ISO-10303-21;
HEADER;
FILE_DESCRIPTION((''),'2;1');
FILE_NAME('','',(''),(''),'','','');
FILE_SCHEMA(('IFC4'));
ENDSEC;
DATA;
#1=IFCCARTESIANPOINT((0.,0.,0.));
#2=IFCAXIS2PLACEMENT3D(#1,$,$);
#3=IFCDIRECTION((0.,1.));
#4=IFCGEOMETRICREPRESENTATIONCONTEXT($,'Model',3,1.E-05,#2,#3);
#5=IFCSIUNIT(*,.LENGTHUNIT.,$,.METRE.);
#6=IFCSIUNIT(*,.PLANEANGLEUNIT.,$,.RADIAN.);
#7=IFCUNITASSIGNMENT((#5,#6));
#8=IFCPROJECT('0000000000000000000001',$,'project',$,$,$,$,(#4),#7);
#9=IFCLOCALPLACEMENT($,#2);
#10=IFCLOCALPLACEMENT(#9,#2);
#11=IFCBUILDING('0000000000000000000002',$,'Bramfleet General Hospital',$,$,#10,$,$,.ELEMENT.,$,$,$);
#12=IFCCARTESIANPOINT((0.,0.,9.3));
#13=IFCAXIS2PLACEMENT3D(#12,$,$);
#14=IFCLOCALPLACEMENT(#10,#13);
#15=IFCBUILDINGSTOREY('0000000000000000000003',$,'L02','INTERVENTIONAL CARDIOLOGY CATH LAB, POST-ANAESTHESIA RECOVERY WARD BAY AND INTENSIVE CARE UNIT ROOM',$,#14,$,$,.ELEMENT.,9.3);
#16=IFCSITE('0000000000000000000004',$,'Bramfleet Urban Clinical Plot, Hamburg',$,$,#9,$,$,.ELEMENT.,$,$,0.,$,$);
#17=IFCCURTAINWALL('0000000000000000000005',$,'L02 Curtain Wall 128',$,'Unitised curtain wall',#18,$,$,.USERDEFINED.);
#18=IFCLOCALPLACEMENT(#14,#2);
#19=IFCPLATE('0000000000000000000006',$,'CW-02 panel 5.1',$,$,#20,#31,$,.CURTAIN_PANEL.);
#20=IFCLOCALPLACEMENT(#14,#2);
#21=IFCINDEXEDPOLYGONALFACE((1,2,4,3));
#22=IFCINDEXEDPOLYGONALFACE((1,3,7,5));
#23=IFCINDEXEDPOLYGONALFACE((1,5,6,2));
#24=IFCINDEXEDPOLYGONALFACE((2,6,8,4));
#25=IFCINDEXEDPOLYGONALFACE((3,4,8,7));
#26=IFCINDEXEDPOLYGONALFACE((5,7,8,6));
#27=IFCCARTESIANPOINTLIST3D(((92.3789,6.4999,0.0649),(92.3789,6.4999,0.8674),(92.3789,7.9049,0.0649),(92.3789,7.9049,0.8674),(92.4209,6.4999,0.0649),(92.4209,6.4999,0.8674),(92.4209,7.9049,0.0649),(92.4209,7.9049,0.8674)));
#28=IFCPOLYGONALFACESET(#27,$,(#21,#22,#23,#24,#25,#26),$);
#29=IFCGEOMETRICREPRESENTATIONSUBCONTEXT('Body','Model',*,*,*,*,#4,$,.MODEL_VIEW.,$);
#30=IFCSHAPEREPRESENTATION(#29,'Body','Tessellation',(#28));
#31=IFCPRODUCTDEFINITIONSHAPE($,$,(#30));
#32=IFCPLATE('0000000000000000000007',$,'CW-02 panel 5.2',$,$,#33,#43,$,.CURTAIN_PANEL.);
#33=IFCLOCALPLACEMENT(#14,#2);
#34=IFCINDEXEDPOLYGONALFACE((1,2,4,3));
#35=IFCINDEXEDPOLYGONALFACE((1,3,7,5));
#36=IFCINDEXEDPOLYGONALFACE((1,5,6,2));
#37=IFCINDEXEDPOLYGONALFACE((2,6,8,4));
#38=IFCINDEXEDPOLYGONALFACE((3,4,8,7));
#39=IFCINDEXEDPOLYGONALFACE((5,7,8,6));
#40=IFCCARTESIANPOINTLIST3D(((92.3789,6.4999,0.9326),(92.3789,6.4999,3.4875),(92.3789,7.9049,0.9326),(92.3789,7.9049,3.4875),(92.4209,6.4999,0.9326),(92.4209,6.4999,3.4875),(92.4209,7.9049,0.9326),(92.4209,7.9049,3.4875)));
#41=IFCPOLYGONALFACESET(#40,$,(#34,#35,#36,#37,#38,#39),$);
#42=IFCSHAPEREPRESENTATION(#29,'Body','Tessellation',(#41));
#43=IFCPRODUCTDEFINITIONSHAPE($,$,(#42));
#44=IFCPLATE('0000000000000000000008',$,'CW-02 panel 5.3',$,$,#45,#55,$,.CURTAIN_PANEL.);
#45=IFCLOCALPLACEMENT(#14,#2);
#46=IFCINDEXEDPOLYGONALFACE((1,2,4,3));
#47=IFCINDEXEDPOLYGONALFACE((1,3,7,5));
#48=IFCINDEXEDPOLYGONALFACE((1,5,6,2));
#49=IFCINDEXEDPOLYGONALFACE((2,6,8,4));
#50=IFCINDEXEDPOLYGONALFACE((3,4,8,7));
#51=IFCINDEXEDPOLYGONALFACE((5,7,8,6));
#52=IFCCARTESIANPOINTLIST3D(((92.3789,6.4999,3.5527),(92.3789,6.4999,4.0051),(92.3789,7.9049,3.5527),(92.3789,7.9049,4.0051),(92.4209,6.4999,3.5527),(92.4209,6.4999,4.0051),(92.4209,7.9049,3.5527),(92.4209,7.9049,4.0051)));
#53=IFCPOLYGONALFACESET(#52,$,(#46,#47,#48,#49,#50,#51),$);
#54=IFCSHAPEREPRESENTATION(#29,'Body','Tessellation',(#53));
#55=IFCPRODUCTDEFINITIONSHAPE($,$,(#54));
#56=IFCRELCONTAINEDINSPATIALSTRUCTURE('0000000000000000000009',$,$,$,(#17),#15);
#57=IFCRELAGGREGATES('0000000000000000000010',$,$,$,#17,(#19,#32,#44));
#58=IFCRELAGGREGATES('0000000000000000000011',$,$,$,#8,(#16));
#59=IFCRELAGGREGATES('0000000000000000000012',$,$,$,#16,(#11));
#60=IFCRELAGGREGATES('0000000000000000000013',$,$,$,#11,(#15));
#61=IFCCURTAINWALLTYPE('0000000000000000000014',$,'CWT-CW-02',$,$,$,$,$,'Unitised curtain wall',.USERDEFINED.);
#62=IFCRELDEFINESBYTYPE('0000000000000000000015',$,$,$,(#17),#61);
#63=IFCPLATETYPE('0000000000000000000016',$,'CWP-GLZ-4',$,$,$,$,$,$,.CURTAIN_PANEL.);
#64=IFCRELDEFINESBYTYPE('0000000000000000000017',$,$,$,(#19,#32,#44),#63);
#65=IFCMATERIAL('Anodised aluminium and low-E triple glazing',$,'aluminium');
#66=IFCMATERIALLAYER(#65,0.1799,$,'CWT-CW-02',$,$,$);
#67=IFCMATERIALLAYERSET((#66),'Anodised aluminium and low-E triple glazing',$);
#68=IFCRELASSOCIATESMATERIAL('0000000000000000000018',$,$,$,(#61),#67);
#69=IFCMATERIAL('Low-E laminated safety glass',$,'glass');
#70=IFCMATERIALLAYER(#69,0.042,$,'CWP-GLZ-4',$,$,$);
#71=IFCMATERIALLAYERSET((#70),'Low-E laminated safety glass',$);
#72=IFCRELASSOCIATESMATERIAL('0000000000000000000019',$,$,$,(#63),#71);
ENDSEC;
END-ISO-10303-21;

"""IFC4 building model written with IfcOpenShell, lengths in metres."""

from ifc_helpers import new_model, si_unit, direction, frame, origin, origin_2d, place, context, subcontext, project, spatial, rectangle, extrude, material, layer, layer_set, type_object, element, aggregate, save


model = new_model("IFC4")

# Units and contexts
model_context = context("Model", 3, precision=1e-05, world=origin(), true_north=direction((0.0, 1.0)))
body_context = subcontext(model_context, "Body", "Model", "MODEL_VIEW")
ifc_project = project(units=[si_unit("LENGTHUNIT", "METRE"), si_unit("PLANEANGLEUNIT", "RADIAN")], contexts=[model_context])

# Site, building, storey
site_placement = place(None, origin())
site = spatial("IfcSite", under=ifc_project, at=site_placement, Name="Bramfleet Urban Clinical Plot, Hamburg", CompositionType="ELEMENT", RefElevation=0.0)
building_placement = place(site_placement, origin())
building = spatial("IfcBuilding", under=site, at=building_placement, Name="Bramfleet General Hospital", CompositionType="ELEMENT")
storey_placement = place(building_placement, frame((0.0, 0.0, 9.3)))
storey = spatial("IfcBuildingStorey", under=building, at=storey_placement, Name="L02", Description="INTERVENTIONAL CARDIOLOGY CATH LAB, POST-ANAESTHESIA RECOVERY WARD BAY AND INTENSIVE CARE UNIT ROOM", CompositionType="ELEMENT", Elevation=9.3)

# Curtain wall, plates
ifc_material_1 = material(Name="Anodised aluminium and low-E triple glazing", Category="aluminium")
ifc_layer_1 = layer(ifc_material_1, 0.1799, Name="CWT-CW-02")
ifc_layer_set_1 = layer_set([ifc_layer_1], Name="Anodised aluminium and low-E triple glazing")
curtain_wall_type = type_object("IfcCurtainWallType", Name="CWT-CW-02", ElementType="Unitised curtain wall", PredefinedType="USERDEFINED", material=ifc_layer_set_1)
curtain_wall_placement = place(storey_placement, origin())
curtain_wall = element("IfcCurtainWall", 1, at=curtain_wall_placement, inside=storey, type_object=curtain_wall_type, Name="L02 Curtain Wall 128", ObjectType="Unitised curtain wall", PredefinedType="USERDEFINED")
ifc_material_2 = material(Name="Low-E laminated safety glass", Category="glass")
ifc_layer_2 = layer(ifc_material_2, 0.042, Name="CWP-GLZ-4")
ifc_layer_set_2 = layer_set([ifc_layer_2], Name="Low-E laminated safety glass")
plate_type = type_object("IfcPlateType", Name="CWP-GLZ-4", PredefinedType="CURTAIN_PANEL", material=ifc_layer_set_2)
plate_1_placement = place(storey_placement, frame((92.3999, 7.2024, 0.0649), z_axis=(0.0, 0.0, 1.0), x_axis=(0.0, 1.0, 0.0)))
plate_1 = element("IfcPlate", 2, at=plate_1_placement, type_object=plate_type, Name="CW-02 panel 5.1", PredefinedType="CURTAIN_PANEL", context=body_context, shape_type="SweptSolid", body=[
    extrude(rectangle(XDim=1.405, YDim=0.042, at=origin_2d()), origin(), (0.0, 0.0, 1.0), 0.8025),
])
plate_2_placement = place(storey_placement, frame((92.3999, 7.2024, 0.9326), z_axis=(0.0, 0.0, 1.0), x_axis=(0.0, 1.0, 0.0)))
plate_2 = element("IfcPlate", 3, at=plate_2_placement, type_object=plate_type, Name="CW-02 panel 5.2", PredefinedType="CURTAIN_PANEL", context=body_context, shape_type="SweptSolid", body=[
    extrude(rectangle(XDim=1.405, YDim=0.042, at=origin_2d()), origin(), (0.0, 0.0, 1.0), 2.5549),
])
plate_3_placement = place(storey_placement, frame((92.3999, 7.2024, 3.5527), z_axis=(0.0, 0.0, 1.0), x_axis=(0.0, 1.0, 0.0)))
plate_3 = element("IfcPlate", 4, at=plate_3_placement, type_object=plate_type, Name="CW-02 panel 5.3", PredefinedType="CURTAIN_PANEL", context=body_context, shape_type="SweptSolid", body=[
    extrude(rectangle(XDim=1.405, YDim=0.042, at=origin_2d()), origin(), (0.0, 0.0, 1.0), 0.4524),
])
aggregate(curtain_wall, [plate_1, plate_2, plate_3])

save(model, "model.ifc")
